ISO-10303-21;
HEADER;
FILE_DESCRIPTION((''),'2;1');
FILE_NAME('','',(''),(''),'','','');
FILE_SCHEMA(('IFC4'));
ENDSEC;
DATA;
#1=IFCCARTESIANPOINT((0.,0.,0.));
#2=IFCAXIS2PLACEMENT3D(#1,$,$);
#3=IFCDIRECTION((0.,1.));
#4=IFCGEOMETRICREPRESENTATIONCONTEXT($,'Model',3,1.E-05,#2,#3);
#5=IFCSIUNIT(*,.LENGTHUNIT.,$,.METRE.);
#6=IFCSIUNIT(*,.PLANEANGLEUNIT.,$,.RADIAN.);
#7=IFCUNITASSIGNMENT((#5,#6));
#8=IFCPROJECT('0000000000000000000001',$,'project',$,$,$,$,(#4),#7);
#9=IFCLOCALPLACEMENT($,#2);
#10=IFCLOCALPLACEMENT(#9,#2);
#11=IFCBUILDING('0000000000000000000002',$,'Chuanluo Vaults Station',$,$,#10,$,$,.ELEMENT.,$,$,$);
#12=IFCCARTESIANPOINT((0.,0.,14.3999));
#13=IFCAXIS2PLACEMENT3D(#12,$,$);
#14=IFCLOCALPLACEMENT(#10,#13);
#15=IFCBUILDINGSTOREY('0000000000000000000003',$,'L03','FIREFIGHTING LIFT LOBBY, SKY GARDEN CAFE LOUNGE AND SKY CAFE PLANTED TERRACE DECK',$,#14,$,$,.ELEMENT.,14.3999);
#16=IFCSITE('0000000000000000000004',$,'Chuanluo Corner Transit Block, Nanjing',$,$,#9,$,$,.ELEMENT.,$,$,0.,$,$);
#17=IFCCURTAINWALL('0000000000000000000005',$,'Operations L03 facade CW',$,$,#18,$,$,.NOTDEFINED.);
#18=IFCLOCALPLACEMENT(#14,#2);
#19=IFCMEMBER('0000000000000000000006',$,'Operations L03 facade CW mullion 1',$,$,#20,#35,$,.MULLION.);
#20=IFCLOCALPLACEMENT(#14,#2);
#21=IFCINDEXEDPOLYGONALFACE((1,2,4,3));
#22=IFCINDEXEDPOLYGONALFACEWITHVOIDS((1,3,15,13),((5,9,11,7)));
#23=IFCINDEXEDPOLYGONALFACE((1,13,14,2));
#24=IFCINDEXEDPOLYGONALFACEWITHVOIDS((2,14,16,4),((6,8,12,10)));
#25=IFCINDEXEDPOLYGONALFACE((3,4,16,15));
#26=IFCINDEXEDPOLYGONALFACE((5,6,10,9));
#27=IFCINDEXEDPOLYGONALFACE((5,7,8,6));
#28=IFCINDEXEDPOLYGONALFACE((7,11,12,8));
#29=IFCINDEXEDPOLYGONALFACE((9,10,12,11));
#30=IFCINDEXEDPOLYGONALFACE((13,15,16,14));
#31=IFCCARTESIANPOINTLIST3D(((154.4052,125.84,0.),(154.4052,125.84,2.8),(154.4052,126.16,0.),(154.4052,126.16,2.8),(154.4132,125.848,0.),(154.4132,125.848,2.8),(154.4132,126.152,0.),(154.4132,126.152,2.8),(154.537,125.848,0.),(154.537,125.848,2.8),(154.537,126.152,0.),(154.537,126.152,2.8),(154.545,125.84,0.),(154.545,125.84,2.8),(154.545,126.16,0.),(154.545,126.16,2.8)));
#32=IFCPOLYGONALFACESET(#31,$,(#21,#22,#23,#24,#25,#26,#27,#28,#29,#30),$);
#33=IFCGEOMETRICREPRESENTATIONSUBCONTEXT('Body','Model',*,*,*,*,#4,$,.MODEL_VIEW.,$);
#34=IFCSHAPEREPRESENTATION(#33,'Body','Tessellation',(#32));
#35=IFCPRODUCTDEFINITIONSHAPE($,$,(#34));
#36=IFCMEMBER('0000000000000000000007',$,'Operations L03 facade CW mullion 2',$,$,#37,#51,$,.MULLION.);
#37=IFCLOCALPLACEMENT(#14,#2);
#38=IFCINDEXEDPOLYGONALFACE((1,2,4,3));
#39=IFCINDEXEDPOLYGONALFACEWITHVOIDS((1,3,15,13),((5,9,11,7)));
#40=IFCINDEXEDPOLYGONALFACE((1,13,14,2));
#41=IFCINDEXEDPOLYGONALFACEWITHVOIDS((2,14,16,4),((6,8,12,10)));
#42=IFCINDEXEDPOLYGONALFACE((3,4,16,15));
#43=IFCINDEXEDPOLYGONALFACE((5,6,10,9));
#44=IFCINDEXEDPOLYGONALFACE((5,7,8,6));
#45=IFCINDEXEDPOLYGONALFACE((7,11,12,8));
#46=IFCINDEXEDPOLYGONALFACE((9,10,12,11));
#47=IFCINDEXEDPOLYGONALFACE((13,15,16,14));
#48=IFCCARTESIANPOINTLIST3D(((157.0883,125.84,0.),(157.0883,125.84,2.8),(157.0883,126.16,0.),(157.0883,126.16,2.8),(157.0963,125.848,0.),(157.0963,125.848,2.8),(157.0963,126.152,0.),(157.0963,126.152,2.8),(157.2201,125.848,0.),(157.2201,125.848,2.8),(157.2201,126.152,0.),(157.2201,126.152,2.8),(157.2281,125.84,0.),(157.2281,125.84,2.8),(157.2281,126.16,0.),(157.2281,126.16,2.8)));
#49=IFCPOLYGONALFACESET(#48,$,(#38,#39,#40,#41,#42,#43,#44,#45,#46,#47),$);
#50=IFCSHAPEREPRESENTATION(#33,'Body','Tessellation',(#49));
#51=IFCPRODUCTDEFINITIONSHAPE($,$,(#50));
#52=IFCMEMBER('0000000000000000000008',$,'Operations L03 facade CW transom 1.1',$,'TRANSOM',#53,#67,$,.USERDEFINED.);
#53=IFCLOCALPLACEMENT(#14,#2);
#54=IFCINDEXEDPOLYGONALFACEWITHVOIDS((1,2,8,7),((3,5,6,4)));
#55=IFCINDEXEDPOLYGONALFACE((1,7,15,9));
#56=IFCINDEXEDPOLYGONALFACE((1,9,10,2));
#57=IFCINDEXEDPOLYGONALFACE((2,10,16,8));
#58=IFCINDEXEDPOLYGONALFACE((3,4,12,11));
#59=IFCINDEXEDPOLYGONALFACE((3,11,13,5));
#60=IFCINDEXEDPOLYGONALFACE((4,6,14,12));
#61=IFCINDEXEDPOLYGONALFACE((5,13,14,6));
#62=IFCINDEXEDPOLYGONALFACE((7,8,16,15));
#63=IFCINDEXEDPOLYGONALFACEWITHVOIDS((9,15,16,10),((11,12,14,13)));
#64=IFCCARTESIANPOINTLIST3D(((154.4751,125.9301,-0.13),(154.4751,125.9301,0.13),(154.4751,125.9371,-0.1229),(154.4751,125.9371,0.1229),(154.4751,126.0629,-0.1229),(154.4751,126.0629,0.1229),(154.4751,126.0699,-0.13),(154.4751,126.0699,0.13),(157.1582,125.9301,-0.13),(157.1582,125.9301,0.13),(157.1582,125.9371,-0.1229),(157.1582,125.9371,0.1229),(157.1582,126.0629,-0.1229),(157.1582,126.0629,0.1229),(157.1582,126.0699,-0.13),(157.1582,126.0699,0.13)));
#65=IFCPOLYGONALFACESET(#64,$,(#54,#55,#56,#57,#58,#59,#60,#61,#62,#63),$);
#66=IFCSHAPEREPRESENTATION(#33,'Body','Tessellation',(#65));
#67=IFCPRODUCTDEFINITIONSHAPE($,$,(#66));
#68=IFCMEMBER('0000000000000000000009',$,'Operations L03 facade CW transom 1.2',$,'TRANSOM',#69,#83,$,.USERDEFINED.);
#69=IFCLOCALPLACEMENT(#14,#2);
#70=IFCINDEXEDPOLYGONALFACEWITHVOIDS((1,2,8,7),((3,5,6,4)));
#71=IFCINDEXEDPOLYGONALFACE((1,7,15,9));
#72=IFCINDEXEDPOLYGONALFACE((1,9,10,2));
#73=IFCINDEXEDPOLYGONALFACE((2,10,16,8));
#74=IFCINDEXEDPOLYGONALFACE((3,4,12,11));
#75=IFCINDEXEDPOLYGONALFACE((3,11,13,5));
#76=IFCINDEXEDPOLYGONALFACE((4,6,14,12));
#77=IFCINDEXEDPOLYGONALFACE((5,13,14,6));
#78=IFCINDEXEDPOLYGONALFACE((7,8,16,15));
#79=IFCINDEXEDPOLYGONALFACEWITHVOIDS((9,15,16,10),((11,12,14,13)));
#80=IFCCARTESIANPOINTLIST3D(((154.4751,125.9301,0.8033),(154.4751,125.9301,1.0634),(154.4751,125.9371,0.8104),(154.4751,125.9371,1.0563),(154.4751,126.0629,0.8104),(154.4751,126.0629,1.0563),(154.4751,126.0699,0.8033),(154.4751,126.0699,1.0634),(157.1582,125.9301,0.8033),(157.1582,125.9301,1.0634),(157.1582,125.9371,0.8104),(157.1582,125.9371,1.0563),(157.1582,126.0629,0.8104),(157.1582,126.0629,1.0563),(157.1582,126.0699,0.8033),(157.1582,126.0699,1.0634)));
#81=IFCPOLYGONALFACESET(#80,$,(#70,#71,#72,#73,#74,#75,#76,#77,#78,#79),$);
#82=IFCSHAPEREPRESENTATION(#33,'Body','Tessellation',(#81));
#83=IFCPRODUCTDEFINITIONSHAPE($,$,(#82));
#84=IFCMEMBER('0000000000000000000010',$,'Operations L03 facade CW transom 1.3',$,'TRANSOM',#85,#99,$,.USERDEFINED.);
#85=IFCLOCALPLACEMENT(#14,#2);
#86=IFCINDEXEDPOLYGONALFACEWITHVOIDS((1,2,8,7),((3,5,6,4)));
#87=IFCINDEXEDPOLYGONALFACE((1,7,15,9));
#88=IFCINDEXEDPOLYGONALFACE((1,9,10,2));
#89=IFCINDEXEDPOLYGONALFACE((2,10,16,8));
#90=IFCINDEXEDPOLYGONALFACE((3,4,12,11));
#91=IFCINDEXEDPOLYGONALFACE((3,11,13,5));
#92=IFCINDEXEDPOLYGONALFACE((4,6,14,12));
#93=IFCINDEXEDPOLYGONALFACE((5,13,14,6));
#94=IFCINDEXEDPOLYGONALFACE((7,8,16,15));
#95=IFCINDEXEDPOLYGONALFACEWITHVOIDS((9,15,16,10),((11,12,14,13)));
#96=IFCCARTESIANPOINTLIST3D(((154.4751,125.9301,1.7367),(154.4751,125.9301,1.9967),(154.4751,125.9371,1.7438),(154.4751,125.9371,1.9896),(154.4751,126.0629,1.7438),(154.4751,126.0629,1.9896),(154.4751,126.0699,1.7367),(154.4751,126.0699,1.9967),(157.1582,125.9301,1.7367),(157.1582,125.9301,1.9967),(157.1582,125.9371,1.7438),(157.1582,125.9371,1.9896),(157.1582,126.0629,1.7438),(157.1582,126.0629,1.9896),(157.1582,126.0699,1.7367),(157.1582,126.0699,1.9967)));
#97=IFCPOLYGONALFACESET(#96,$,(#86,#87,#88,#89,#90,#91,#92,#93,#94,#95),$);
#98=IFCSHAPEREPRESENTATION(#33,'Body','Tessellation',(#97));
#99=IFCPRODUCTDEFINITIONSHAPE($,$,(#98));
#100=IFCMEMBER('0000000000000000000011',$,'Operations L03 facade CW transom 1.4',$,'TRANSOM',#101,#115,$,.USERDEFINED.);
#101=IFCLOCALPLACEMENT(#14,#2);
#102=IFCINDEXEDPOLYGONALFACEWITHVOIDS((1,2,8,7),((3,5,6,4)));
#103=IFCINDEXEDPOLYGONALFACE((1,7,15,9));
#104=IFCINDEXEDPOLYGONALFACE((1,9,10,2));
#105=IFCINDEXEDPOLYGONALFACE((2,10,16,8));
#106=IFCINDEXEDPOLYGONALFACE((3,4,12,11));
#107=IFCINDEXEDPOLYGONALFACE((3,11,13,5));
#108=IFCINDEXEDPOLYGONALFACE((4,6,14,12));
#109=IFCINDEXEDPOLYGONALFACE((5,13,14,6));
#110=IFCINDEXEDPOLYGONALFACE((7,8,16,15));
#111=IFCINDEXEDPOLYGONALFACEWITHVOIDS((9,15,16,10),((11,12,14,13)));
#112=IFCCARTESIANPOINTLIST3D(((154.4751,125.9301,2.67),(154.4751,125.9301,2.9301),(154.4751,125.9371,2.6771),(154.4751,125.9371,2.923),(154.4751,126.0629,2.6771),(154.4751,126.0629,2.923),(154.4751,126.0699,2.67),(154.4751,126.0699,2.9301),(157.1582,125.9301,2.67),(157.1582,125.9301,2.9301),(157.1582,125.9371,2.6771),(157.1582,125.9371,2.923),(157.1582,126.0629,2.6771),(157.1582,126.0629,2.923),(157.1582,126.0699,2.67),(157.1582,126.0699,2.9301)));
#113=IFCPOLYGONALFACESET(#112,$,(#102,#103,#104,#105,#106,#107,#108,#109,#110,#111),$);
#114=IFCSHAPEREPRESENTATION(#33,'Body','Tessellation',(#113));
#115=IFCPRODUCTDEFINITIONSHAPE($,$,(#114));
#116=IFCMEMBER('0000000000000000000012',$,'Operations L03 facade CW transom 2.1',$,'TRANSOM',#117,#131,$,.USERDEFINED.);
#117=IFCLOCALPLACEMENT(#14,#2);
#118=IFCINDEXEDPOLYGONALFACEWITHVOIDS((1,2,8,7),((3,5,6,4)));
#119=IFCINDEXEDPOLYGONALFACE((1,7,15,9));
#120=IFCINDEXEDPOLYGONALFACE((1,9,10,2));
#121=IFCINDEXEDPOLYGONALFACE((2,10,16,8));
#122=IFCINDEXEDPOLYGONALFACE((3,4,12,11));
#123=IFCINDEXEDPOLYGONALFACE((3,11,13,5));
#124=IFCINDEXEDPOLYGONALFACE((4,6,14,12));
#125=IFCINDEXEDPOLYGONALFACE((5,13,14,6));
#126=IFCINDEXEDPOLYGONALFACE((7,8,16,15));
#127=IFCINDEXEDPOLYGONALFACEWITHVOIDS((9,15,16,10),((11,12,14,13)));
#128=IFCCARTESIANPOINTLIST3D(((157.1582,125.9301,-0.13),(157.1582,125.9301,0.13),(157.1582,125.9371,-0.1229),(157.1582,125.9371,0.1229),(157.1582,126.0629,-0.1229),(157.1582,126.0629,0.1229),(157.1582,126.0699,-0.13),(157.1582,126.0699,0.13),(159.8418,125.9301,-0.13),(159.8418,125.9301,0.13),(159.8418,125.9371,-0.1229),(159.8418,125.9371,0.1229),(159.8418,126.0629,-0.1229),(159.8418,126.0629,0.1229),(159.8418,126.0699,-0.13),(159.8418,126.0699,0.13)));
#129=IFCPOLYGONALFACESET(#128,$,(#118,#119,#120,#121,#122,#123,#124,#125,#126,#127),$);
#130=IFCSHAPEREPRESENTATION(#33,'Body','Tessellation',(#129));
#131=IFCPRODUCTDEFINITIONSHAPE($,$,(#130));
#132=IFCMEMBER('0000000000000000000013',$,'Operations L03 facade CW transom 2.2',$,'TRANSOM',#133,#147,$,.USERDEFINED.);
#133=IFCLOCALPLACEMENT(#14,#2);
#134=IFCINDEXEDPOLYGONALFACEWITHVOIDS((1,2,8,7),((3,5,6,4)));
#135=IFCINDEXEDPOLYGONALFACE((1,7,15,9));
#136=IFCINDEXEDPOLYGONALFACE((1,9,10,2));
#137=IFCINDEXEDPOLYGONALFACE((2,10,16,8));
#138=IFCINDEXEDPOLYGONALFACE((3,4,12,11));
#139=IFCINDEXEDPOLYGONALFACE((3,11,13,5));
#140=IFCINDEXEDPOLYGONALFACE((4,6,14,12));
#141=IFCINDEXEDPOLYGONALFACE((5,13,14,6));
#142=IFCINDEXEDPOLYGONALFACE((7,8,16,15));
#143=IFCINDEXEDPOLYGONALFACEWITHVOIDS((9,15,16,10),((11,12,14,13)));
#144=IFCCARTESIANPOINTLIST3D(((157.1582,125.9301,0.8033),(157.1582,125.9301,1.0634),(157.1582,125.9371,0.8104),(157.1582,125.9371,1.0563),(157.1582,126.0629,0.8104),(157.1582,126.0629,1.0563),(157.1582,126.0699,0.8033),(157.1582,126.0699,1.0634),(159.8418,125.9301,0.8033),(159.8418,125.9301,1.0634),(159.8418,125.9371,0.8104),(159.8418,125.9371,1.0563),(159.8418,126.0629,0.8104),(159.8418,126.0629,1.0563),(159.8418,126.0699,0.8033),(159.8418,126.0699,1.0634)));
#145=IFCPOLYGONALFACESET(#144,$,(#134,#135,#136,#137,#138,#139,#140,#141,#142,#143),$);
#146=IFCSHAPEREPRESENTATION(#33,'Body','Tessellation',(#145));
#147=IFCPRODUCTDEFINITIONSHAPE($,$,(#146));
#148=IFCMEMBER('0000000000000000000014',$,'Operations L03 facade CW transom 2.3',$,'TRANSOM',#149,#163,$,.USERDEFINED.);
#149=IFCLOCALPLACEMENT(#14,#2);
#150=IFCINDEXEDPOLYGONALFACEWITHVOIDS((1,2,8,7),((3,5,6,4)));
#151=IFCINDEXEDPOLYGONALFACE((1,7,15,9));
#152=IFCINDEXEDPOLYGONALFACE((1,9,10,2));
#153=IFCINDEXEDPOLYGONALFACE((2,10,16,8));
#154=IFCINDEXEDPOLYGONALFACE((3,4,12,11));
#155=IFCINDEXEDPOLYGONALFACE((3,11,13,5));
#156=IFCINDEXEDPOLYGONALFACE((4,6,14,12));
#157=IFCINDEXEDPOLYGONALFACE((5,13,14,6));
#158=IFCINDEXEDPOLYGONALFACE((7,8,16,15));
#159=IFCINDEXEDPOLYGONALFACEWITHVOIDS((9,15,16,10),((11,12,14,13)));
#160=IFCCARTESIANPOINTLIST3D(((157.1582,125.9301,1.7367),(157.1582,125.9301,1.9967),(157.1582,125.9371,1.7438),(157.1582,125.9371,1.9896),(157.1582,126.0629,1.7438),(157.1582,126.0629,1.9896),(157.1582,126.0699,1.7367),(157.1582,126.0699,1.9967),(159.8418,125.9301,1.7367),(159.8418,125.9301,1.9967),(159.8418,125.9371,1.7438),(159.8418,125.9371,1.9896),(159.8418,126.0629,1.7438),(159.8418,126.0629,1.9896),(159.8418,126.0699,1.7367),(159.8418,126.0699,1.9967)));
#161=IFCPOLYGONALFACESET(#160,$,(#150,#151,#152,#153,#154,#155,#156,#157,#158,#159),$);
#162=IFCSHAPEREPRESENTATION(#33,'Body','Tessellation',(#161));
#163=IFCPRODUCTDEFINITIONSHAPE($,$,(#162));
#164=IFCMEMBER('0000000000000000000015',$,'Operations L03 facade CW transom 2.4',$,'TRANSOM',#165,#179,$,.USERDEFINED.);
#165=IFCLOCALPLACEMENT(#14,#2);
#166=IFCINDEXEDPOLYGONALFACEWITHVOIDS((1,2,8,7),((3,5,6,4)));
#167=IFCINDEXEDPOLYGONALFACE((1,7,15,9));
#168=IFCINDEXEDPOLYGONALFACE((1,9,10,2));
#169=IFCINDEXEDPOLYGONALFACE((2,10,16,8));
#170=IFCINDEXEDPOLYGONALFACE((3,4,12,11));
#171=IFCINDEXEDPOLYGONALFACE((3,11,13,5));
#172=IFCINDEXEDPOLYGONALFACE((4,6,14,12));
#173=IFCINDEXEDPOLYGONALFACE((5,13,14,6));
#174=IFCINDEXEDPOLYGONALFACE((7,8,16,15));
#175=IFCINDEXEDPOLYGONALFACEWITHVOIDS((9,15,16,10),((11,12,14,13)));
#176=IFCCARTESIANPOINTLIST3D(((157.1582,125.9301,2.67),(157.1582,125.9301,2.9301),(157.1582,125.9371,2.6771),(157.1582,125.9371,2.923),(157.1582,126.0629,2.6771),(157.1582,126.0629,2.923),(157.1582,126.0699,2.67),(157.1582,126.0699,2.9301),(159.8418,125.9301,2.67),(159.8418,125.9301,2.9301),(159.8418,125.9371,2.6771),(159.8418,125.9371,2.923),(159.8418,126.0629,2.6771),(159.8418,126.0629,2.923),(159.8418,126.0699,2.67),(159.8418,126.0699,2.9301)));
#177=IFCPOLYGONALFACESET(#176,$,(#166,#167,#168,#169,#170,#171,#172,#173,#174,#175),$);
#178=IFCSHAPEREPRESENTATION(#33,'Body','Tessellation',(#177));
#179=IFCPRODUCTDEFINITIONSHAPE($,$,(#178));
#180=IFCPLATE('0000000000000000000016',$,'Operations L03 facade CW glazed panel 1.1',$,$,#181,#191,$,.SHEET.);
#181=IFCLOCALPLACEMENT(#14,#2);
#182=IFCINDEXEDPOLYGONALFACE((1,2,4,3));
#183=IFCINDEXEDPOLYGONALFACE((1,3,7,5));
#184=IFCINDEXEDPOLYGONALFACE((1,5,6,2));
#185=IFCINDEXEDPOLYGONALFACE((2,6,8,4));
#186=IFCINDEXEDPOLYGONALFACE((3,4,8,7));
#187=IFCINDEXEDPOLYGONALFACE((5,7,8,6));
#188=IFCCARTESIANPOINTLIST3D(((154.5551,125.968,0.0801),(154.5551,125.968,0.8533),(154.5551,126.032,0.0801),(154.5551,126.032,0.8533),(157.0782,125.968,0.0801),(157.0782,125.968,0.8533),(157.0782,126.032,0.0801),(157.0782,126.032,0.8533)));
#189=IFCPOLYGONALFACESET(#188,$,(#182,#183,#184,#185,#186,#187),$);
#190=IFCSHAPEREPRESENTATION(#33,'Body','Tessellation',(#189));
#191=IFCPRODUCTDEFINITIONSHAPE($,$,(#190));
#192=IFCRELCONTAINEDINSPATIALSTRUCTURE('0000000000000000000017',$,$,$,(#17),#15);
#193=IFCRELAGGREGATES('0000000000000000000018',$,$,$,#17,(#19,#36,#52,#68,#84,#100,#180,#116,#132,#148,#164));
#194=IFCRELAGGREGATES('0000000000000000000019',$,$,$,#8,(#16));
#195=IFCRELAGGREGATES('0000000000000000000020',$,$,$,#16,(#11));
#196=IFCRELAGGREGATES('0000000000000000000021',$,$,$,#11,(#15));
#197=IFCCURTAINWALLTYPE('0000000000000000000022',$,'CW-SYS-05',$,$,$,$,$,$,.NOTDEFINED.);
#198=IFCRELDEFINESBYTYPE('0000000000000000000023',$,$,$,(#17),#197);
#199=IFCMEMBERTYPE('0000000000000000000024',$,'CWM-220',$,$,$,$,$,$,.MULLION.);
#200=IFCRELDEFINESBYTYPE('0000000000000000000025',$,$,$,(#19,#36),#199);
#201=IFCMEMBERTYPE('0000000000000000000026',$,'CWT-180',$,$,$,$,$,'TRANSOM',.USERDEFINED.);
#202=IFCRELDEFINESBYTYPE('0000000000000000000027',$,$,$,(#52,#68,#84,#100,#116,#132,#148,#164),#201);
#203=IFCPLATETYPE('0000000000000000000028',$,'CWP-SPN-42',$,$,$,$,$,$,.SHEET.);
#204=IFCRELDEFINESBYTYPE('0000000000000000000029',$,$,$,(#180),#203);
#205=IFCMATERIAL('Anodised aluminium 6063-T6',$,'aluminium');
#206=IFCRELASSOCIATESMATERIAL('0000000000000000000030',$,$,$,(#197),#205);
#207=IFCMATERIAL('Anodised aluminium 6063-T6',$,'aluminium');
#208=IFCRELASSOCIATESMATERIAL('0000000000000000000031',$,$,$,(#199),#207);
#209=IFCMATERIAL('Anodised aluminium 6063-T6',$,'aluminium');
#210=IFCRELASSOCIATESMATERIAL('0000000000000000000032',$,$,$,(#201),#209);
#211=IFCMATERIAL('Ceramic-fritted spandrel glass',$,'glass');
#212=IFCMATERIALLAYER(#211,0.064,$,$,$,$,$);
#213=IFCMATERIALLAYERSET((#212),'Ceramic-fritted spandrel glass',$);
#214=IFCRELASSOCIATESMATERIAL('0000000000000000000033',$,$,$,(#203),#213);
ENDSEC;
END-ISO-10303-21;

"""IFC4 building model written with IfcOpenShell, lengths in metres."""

from ifc_helpers import new_model, si_unit, direction, frame, origin, origin_2d, place, context, subcontext, project, spatial, rectangle, hollow_rectangle, extrude, material, layer, layer_set, material_profile, profile_set, type_object, element, aggregate, save


model = new_model("IFC4")

# Units and contexts
model_context = context("Model", 3, precision=1e-05, world=origin(), true_north=direction((0.0, 1.0)))
body_context = subcontext(model_context, "Body", "Model", "MODEL_VIEW")
ifc_project = project(units=[si_unit("LENGTHUNIT", "METRE"), si_unit("PLANEANGLEUNIT", "RADIAN")], contexts=[model_context])

# Site, building, storey
site_placement = place(None, origin())
site = spatial("IfcSite", under=ifc_project, at=site_placement, Name="Chuanluo Corner Transit Block, Nanjing", CompositionType="ELEMENT", RefElevation=0.0)
building_placement = place(site_placement, origin())
building = spatial("IfcBuilding", under=site, at=building_placement, Name="Chuanluo Vaults Station", CompositionType="ELEMENT")
storey_placement = place(building_placement, frame((0.0, 0.0, 14.3999)))
storey = spatial("IfcBuildingStorey", under=building, at=storey_placement, Name="L03", Description="FIREFIGHTING LIFT LOBBY, SKY GARDEN CAFE LOUNGE AND SKY CAFE PLANTED TERRACE DECK", CompositionType="ELEMENT", Elevation=14.3999)

# Curtain wall, members, plate
ifc_material_1 = material(Name="Anodised aluminium 6063-T6", Category="aluminium")
curtain_wall_type = type_object("IfcCurtainWallType", Name="CW-SYS-05", PredefinedType="NOTDEFINED", material=ifc_material_1)
curtain_wall_placement = place(storey_placement, origin())
curtain_wall = element("IfcCurtainWall", 1, at=curtain_wall_placement, inside=storey, type_object=curtain_wall_type, Name="Operations L03 facade CW", PredefinedType="NOTDEFINED")
ifc_material_2 = material(Name="Anodised aluminium 6063-T6", Category="aluminium")
ifc_material_profile_1 = material_profile(ifc_material_2, hollow_rectangle(XDim=0.1399, YDim=0.3201, WallThickness=0.0081, at=origin_2d()))
ifc_profile_set_1 = profile_set([ifc_material_profile_1], Name="Anodised aluminium 6063-T6")
member_type_1 = type_object("IfcMemberType", Name="CWM-220", PredefinedType="MULLION", material=ifc_profile_set_1)
member_1_placement = place(storey_placement, frame((154.4751, 126.0, 0.0), z_axis=(0.0, 0.0, 1.0), x_axis=(1.0, 0.0, 0.0)))
member_1 = element("IfcMember", 2, at=member_1_placement, type_object=member_type_1, Name="Operations L03 facade CW mullion 1", PredefinedType="MULLION", context=body_context, shape_type="SweptSolid", body=[
    extrude(hollow_rectangle(XDim=0.1399, YDim=0.3201, WallThickness=0.0081, at=origin_2d()), origin(), (0.0, 0.0, 1.0), 2.8),
])
member_2_placement = place(storey_placement, frame((157.1582, 126.0, 0.0), z_axis=(0.0, 0.0, 1.0), x_axis=(1.0, 0.0, 0.0)))
member_2 = element("IfcMember", 3, at=member_2_placement, type_object=member_type_1, Name="Operations L03 facade CW mullion 2", PredefinedType="MULLION", context=body_context, shape_type="SweptSolid", body=[
    extrude(hollow_rectangle(XDim=0.1399, YDim=0.3201, WallThickness=0.0081, at=origin_2d()), origin(), (0.0, 0.0, 1.0), 2.8),
])
ifc_material_3 = material(Name="Anodised aluminium 6063-T6", Category="aluminium")
ifc_material_profile_2 = material_profile(ifc_material_3, hollow_rectangle(XDim=0.1399, YDim=0.26, WallThickness=0.0071, at=origin_2d()))
ifc_profile_set_2 = profile_set([ifc_material_profile_2], Name="Anodised aluminium 6063-T6")
member_type_2 = type_object("IfcMemberType", Name="CWT-180", ElementType="TRANSOM", PredefinedType="USERDEFINED", material=ifc_profile_set_2)
member_3_placement = place(storey_placement, frame((154.4751, 126.0, 0.0), z_axis=(1.0, 0.0, 0.0), x_axis=(0.0, 1.0, 0.0)))
member_3 = element("IfcMember", 4, at=member_3_placement, type_object=member_type_2, Name="Operations L03 facade CW transom 1.1", ObjectType="TRANSOM", PredefinedType="USERDEFINED", context=body_context, shape_type="SweptSolid", body=[
    extrude(hollow_rectangle(XDim=0.1399, YDim=0.26, WallThickness=0.0071, at=origin_2d()), origin(), (0.0, 0.0, 1.0), 2.6831),
])
member_4_placement = place(storey_placement, frame((154.4751, 126.0, 0.9333), z_axis=(1.0, 0.0, 0.0), x_axis=(0.0, 1.0, 0.0)))
member_4 = element("IfcMember", 5, at=member_4_placement, type_object=member_type_2, Name="Operations L03 facade CW transom 1.2", ObjectType="TRANSOM", PredefinedType="USERDEFINED", context=body_context, shape_type="SweptSolid", body=[
    extrude(hollow_rectangle(XDim=0.1399, YDim=0.26, WallThickness=0.0071, at=origin_2d()), origin(), (0.0, 0.0, 1.0), 2.6831),
])
member_5_placement = place(storey_placement, frame((154.4751, 126.0, 1.8667), z_axis=(1.0, 0.0, 0.0), x_axis=(0.0, 1.0, 0.0)))
member_5 = element("IfcMember", 6, at=member_5_placement, type_object=member_type_2, Name="Operations L03 facade CW transom 1.3", ObjectType="TRANSOM", PredefinedType="USERDEFINED", context=body_context, shape_type="SweptSolid", body=[
    extrude(hollow_rectangle(XDim=0.1399, YDim=0.26, WallThickness=0.0071, at=origin_2d()), origin(), (0.0, 0.0, 1.0), 2.6831),
])
member_6_placement = place(storey_placement, frame((154.4751, 126.0, 2.8), z_axis=(1.0, 0.0, 0.0), x_axis=(0.0, 1.0, 0.0)))
member_6 = element("IfcMember", 7, at=member_6_placement, type_object=member_type_2, Name="Operations L03 facade CW transom 1.4", ObjectType="TRANSOM", PredefinedType="USERDEFINED", context=body_context, shape_type="SweptSolid", body=[
    extrude(hollow_rectangle(XDim=0.1399, YDim=0.26, WallThickness=0.0071, at=origin_2d()), origin(), (0.0, 0.0, 1.0), 2.6831),
])
member_7_placement = place(storey_placement, frame((157.1582, 126.0, 0.0), z_axis=(1.0, 0.0, 0.0), x_axis=(0.0, 1.0, 0.0)))
member_7 = element("IfcMember", 8, at=member_7_placement, type_object=member_type_2, Name="Operations L03 facade CW transom 2.1", ObjectType="TRANSOM", PredefinedType="USERDEFINED", context=body_context, shape_type="SweptSolid", body=[
    extrude(hollow_rectangle(XDim=0.1399, YDim=0.26, WallThickness=0.0071, at=origin_2d()), origin(), (0.0, 0.0, 1.0), 2.6836),
])
member_8_placement = place(storey_placement, frame((157.1582, 126.0, 0.9333), z_axis=(1.0, 0.0, 0.0), x_axis=(0.0, 1.0, 0.0)))
member_8 = element("IfcMember", 9, at=member_8_placement, type_object=member_type_2, Name="Operations L03 facade CW transom 2.2", ObjectType="TRANSOM", PredefinedType="USERDEFINED", context=body_context, shape_type="SweptSolid", body=[
    extrude(hollow_rectangle(XDim=0.1399, YDim=0.26, WallThickness=0.0071, at=origin_2d()), origin(), (0.0, 0.0, 1.0), 2.6836),
])
member_9_placement = place(storey_placement, frame((157.1582, 126.0, 1.8667), z_axis=(1.0, 0.0, 0.0), x_axis=(0.0, 1.0, 0.0)))
member_9 = element("IfcMember", 10, at=member_9_placement, type_object=member_type_2, Name="Operations L03 facade CW transom 2.3", ObjectType="TRANSOM", PredefinedType="USERDEFINED", context=body_context, shape_type="SweptSolid", body=[
    extrude(hollow_rectangle(XDim=0.1399, YDim=0.26, WallThickness=0.0071, at=origin_2d()), origin(), (0.0, 0.0, 1.0), 2.6836),
])
member_10_placement = place(storey_placement, frame((157.1582, 126.0, 2.8), z_axis=(1.0, 0.0, 0.0), x_axis=(0.0, 1.0, 0.0)))
member_10 = element("IfcMember", 11, at=member_10_placement, type_object=member_type_2, Name="Operations L03 facade CW transom 2.4", ObjectType="TRANSOM", PredefinedType="USERDEFINED", context=body_context, shape_type="SweptSolid", body=[
    extrude(hollow_rectangle(XDim=0.1399, YDim=0.26, WallThickness=0.0071, at=origin_2d()), origin(), (0.0, 0.0, 1.0), 2.6836),
])
ifc_material_4 = material(Name="Ceramic-fritted spandrel glass", Category="glass")
ifc_layer_1 = layer(ifc_material_4, 0.064)
ifc_layer_set_1 = layer_set([ifc_layer_1], Name="Ceramic-fritted spandrel glass")
plate_type_1 = type_object("IfcPlateType", Name="CWP-SPN-42", PredefinedType="SHEET", material=ifc_layer_set_1)
plate_1_placement = place(storey_placement, frame((155.8167, 126.0, 0.0801), z_axis=(0.0, 0.0, 1.0), x_axis=(1.0, 0.0, 0.0)))
plate_1 = element("IfcPlate", 12, at=plate_1_placement, type_object=plate_type_1, Name="Operations L03 facade CW glazed panel 1.1", PredefinedType="SHEET", context=body_context, shape_type="SweptSolid", body=[
    extrude(rectangle(XDim=2.5232, YDim=0.064, at=origin_2d()), origin(), (0.0, 0.0, 1.0), 0.7732),
])
aggregate(curtain_wall, [member_1, member_2, member_3, member_4, member_5, member_6, plate_1, member_7, member_8, member_9, member_10])

save(model, "model.ifc")
